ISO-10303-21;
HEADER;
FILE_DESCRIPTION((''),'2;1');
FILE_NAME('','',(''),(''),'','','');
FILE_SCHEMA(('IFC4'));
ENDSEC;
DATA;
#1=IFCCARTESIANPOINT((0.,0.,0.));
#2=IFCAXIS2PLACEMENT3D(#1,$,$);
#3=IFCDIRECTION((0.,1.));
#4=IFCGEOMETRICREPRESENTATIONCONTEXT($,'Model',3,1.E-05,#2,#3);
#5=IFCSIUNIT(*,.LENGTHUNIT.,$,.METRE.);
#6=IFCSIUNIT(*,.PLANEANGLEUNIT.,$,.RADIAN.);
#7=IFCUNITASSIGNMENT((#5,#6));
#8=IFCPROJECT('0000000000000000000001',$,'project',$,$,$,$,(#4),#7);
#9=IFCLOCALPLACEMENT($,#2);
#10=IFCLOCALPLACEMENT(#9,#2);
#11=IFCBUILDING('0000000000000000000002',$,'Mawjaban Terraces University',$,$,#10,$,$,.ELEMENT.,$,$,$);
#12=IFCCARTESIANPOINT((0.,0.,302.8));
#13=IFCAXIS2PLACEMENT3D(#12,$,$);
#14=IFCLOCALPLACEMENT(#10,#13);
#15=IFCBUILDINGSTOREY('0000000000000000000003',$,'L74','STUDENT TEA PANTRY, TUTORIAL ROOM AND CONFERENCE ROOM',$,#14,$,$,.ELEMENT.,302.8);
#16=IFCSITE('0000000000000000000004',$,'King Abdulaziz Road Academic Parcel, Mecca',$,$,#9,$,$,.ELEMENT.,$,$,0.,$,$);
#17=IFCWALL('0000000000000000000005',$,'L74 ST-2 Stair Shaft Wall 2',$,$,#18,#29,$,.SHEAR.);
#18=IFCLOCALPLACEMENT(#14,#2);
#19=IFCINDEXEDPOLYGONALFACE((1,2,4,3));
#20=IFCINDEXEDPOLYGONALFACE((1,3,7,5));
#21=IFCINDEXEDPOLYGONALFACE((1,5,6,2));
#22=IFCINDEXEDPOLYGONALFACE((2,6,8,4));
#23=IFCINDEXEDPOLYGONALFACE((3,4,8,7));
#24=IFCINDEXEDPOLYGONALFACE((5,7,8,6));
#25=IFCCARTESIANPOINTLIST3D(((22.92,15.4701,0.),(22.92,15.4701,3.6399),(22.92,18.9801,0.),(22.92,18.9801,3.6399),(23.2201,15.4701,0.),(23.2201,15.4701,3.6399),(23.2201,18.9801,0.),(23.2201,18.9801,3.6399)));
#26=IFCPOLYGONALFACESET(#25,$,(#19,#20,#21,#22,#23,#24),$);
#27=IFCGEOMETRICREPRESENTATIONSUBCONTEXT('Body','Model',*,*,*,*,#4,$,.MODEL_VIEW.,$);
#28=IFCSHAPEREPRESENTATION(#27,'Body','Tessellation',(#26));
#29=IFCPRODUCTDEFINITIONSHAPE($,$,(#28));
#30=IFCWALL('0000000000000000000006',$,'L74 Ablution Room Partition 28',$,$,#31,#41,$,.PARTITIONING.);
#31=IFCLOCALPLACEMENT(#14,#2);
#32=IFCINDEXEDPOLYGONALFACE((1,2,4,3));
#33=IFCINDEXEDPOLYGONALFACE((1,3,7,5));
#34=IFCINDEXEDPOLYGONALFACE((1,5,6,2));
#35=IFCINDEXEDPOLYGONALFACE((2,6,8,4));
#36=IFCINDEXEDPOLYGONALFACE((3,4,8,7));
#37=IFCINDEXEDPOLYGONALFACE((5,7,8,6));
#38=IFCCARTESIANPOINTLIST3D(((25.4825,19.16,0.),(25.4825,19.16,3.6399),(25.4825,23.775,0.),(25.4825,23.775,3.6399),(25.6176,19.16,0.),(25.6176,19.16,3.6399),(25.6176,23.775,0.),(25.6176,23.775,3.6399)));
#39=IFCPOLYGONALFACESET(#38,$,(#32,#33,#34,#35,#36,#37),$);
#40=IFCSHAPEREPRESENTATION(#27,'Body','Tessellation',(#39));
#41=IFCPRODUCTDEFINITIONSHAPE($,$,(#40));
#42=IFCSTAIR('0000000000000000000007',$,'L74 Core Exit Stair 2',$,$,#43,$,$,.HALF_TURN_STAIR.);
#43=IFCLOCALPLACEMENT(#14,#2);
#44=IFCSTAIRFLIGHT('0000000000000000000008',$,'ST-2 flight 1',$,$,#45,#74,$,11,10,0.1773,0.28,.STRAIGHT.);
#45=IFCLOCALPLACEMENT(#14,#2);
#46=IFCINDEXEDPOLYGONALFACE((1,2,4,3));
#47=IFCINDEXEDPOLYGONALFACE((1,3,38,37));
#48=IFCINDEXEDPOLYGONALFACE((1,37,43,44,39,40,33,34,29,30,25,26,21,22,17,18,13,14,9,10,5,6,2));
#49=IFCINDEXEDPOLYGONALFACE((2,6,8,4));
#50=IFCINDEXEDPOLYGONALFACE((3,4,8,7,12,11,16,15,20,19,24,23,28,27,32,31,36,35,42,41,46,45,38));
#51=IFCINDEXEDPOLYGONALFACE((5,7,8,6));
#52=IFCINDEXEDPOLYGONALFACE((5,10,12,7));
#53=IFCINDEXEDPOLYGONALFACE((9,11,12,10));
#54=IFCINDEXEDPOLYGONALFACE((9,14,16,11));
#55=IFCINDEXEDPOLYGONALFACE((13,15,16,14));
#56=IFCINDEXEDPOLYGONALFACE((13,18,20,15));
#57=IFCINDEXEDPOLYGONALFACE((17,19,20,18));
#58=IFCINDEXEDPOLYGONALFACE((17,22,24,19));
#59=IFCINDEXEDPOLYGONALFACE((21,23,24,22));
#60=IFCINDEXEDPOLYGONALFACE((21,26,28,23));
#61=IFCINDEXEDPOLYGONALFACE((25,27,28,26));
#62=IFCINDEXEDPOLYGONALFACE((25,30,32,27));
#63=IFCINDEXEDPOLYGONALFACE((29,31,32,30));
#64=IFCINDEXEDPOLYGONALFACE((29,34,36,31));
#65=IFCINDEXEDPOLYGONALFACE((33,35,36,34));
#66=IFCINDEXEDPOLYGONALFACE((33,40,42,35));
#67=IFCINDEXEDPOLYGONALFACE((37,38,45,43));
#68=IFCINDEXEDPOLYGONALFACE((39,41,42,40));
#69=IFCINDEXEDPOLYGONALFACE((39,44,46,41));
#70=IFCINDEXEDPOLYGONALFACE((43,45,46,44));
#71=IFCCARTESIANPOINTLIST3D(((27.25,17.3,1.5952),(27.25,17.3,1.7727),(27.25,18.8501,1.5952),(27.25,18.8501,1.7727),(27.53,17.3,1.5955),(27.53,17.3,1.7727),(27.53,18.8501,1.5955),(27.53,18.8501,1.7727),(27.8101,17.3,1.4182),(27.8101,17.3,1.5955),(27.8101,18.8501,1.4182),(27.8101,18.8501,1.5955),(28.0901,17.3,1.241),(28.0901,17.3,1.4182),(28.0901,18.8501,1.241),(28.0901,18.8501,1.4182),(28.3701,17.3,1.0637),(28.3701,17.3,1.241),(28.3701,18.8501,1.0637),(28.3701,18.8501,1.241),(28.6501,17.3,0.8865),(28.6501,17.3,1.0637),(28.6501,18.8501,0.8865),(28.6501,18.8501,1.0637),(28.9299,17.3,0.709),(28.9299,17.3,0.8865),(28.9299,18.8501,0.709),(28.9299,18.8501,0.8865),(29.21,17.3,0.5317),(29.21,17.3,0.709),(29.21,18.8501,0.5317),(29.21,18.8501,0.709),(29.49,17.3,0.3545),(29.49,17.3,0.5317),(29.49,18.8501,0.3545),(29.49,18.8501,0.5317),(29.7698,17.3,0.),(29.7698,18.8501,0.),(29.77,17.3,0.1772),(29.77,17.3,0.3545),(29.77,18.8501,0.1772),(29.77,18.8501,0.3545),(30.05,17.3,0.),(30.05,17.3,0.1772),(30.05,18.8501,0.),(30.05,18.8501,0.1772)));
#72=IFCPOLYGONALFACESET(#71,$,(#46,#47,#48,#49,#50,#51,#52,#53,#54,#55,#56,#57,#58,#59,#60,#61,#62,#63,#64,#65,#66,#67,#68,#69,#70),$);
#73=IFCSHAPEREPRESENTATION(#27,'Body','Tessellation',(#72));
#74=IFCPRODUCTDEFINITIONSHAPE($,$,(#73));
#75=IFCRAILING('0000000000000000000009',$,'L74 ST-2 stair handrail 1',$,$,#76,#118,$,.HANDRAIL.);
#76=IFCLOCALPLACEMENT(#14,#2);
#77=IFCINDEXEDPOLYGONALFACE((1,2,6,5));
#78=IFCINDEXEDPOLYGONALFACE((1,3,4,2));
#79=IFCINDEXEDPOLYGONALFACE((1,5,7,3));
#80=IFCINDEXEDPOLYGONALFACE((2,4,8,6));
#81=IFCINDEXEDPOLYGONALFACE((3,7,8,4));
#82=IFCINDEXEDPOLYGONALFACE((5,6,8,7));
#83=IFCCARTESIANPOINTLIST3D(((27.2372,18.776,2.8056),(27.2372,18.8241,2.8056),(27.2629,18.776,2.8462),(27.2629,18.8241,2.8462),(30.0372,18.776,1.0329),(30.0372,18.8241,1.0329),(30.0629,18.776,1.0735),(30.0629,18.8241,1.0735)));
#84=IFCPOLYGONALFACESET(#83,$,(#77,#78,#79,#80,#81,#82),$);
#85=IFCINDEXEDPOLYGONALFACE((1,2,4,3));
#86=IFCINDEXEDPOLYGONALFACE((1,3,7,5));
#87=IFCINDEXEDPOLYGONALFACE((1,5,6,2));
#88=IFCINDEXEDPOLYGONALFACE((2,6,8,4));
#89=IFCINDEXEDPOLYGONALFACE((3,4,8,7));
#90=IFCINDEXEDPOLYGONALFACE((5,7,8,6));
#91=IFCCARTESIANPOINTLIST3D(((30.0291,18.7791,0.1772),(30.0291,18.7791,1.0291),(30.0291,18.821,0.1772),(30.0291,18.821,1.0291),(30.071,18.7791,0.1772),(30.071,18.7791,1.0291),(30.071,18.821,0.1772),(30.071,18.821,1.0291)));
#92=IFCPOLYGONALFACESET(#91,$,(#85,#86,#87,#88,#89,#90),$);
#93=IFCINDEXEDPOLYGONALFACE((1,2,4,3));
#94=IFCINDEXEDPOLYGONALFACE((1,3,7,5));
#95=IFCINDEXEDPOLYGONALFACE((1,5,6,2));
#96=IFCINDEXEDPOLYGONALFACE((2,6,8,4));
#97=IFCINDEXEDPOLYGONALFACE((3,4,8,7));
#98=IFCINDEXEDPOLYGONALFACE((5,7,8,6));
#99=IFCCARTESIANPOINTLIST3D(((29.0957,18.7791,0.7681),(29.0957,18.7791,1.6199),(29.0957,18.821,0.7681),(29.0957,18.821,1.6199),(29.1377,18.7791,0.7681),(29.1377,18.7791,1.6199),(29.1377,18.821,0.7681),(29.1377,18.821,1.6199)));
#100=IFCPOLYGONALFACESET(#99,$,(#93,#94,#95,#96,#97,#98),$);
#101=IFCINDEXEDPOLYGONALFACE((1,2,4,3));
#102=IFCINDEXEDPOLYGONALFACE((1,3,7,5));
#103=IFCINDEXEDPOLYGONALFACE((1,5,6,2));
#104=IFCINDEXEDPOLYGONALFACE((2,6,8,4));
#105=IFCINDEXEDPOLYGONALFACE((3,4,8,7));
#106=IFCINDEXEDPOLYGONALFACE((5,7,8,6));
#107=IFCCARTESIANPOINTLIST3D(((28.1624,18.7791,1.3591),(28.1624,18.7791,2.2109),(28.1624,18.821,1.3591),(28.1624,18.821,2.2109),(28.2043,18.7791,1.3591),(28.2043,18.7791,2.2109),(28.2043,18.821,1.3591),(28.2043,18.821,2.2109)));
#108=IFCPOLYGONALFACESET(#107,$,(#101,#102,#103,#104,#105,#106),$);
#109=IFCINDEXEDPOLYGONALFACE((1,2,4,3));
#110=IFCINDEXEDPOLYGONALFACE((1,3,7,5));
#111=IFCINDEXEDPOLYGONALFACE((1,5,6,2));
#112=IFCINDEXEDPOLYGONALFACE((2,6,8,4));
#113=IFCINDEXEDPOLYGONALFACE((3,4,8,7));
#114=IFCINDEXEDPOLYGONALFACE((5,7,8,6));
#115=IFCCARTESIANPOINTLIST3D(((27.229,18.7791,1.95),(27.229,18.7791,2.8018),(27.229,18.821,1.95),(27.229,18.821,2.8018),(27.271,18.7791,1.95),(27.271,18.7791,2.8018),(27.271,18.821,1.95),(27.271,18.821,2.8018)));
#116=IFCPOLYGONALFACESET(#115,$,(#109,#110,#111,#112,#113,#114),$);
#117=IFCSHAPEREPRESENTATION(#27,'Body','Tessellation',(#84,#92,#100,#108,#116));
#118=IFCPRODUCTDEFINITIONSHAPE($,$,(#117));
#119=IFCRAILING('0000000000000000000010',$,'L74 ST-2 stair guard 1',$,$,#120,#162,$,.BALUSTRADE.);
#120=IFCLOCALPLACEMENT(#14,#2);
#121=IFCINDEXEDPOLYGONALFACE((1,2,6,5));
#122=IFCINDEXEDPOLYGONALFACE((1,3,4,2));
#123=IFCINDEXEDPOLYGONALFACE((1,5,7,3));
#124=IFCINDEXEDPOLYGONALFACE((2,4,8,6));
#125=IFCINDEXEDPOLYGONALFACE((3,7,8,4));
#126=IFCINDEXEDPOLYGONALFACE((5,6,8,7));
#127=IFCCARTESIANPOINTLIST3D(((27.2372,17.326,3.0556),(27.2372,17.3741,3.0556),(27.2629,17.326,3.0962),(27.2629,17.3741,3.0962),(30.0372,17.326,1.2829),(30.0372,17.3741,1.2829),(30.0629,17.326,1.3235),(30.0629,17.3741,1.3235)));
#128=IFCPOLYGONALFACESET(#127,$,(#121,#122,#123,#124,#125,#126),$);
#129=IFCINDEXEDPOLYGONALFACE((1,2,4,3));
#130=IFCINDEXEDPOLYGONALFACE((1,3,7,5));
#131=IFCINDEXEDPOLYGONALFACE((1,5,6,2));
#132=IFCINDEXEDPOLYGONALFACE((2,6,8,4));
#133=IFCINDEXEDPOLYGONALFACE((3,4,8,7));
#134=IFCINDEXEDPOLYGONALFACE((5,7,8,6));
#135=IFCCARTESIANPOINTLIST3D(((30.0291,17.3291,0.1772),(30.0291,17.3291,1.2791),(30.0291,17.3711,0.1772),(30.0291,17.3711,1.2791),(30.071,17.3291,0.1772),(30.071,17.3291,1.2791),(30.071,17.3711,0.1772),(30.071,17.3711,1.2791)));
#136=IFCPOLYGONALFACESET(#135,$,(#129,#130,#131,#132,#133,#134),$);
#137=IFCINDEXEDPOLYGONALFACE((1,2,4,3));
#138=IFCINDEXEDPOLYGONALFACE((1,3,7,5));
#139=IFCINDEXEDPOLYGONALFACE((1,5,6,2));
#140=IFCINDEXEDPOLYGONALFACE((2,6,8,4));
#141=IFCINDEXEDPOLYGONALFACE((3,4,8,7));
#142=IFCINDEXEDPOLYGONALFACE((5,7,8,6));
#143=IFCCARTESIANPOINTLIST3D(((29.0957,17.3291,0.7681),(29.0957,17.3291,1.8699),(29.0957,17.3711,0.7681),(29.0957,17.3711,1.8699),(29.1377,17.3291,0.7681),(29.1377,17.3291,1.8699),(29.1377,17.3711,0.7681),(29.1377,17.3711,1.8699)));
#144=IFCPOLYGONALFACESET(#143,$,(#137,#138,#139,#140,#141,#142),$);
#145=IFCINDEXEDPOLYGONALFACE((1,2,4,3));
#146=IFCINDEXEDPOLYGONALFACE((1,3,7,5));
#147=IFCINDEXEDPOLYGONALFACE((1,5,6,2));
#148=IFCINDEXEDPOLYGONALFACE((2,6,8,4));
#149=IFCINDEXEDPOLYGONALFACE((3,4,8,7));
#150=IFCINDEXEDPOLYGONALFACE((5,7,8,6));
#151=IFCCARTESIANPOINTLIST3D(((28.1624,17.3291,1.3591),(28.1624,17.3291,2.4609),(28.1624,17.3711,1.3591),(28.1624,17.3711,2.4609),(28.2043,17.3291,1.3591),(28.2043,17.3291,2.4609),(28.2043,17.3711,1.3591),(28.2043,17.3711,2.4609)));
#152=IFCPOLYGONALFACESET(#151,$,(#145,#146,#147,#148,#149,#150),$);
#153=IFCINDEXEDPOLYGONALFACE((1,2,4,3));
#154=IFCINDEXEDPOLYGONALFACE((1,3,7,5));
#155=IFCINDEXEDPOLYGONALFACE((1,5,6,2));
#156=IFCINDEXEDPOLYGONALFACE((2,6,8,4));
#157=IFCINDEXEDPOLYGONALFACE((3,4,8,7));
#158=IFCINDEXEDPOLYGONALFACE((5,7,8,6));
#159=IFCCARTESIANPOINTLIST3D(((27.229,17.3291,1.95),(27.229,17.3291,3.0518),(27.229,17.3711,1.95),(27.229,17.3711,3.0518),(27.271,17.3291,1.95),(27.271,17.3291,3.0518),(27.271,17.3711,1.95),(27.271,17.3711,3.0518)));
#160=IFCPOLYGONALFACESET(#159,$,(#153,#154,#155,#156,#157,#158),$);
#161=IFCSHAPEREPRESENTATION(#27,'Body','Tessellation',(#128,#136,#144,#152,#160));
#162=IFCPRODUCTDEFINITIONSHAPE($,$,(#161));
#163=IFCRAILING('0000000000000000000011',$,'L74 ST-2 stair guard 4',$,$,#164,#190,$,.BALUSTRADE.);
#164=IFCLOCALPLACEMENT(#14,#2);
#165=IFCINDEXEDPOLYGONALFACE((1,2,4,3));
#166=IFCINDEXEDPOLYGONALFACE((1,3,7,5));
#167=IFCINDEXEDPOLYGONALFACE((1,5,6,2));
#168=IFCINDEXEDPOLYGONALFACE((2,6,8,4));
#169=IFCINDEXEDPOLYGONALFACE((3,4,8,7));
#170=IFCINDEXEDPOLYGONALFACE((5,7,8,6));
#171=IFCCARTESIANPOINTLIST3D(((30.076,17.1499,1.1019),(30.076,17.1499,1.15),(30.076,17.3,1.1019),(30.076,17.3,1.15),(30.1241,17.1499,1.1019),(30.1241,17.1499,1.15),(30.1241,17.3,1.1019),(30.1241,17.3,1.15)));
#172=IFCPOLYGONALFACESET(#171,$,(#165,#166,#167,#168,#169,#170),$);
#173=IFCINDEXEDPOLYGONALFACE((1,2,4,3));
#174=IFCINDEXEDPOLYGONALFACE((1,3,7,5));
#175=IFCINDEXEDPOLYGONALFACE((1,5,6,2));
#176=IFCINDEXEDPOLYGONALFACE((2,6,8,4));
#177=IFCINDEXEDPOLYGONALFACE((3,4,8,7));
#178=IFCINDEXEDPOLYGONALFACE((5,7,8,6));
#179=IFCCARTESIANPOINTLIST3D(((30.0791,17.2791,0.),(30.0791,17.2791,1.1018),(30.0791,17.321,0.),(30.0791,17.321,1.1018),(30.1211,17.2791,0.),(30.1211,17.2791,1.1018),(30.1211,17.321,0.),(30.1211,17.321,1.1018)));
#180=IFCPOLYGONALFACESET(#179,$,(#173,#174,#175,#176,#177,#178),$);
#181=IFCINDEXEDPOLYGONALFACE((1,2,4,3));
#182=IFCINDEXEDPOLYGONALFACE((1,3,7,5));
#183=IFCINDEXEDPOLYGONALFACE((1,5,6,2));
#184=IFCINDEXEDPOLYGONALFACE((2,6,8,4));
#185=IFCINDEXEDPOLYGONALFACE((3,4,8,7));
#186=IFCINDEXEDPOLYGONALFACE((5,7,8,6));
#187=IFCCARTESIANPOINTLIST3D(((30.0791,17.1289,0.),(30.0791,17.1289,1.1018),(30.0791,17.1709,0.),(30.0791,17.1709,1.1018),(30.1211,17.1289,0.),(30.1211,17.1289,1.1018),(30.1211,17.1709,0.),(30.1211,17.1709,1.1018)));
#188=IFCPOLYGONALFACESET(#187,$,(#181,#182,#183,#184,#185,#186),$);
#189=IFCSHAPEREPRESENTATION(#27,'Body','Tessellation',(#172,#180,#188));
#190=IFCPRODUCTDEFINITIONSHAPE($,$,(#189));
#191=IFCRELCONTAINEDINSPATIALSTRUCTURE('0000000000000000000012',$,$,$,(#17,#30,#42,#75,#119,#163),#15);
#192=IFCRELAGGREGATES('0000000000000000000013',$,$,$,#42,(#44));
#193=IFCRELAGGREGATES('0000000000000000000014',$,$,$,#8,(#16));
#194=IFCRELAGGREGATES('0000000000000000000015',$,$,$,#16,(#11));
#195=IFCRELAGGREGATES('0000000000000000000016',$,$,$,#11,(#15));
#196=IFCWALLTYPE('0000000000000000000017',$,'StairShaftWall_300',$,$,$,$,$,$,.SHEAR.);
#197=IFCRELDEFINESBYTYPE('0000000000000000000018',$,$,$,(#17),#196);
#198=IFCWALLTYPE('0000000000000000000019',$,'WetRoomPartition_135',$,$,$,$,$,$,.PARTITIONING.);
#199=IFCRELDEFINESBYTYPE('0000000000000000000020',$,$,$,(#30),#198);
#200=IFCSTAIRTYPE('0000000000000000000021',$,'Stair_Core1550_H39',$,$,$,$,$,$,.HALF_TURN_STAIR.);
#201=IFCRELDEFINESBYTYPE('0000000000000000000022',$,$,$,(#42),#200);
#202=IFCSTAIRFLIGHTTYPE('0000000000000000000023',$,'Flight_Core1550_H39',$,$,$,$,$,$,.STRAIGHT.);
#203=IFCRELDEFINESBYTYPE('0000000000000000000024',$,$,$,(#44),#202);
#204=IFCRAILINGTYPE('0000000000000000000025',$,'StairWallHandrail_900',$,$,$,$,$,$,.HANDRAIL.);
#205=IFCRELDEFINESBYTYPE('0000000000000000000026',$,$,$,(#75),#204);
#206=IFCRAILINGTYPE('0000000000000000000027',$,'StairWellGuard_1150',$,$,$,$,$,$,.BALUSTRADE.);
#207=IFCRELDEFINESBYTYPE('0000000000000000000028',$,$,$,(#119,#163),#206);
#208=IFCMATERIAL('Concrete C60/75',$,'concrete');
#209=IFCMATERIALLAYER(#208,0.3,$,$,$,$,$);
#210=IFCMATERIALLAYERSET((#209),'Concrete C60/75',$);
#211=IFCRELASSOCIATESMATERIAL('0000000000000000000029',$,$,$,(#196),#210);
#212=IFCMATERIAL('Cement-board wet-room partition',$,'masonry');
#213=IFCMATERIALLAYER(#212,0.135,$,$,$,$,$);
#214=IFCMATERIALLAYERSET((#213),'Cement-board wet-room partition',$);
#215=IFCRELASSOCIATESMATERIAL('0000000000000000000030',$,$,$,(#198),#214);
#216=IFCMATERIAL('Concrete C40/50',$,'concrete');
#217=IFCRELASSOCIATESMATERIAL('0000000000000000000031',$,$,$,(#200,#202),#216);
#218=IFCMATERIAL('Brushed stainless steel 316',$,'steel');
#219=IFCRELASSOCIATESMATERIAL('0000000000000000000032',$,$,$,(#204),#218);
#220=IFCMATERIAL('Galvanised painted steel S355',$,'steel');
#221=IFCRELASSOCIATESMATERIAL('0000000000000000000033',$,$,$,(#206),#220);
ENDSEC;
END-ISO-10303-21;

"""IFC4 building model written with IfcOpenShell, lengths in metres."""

from ifc_helpers import new_model, si_unit, direction, frame, frame_2d, origin, origin_2d, place, context, subcontext, project, spatial, polyline, rectangle, outline, extrude, material, layer, layer_set, type_object, element, aggregate, save


model = new_model("IFC4")

# Units and contexts
model_context = context("Model", 3, precision=1e-05, world=origin(), true_north=direction((0.0, 1.0)))
body_context = subcontext(model_context, "Body", "Model", "MODEL_VIEW")
ifc_project = project(units=[si_unit("LENGTHUNIT", "METRE"), si_unit("PLANEANGLEUNIT", "RADIAN")], contexts=[model_context])

# Site, building, storey
site_placement = place(None, origin())
site = spatial("IfcSite", under=ifc_project, at=site_placement, Name="King Abdulaziz Road Academic Parcel, Mecca", CompositionType="ELEMENT", RefElevation=0.0)
building_placement = place(site_placement, origin())
building = spatial("IfcBuilding", under=site, at=building_placement, Name="Mawjaban Terraces University", CompositionType="ELEMENT")
storey_placement = place(building_placement, frame((0.0, 0.0, 302.8)))
storey = spatial("IfcBuildingStorey", under=building, at=storey_placement, Name="L74", Description="STUDENT TEA PANTRY, TUTORIAL ROOM AND CONFERENCE ROOM", CompositionType="ELEMENT", Elevation=302.8)

# Walls
ifc_material_1 = material(Name="Concrete C60/75", Category="concrete")
ifc_layer_1 = layer(ifc_material_1, 0.3)
ifc_layer_set_1 = layer_set([ifc_layer_1], Name="Concrete C60/75")
wall_type_1 = type_object("IfcWallType", Name="StairShaftWall_300", PredefinedType="SHEAR", material=ifc_layer_set_1)
wall_1_placement = place(storey_placement, frame((23.0701, 18.98, 0.0), z_axis=(0.0, 0.0, 1.0), x_axis=(0.0, -1.0, 0.0)))
element("IfcWall", 1, at=wall_1_placement, inside=storey, type_object=wall_type_1, Name="L74 ST-2 Stair Shaft Wall 2", PredefinedType="SHEAR", context=body_context, shape_type="SweptSolid", body=[
    extrude(rectangle(XDim=3.51, YDim=0.3, at=frame_2d((1.7549, 0.0))), origin(), (0.0, 0.0, 1.0), 3.6399),
])
ifc_material_2 = material(Name="Cement-board wet-room partition", Category="masonry")
ifc_layer_2 = layer(ifc_material_2, 0.135)
ifc_layer_set_2 = layer_set([ifc_layer_2], Name="Cement-board wet-room partition")
wall_type_2 = type_object("IfcWallType", Name="WetRoomPartition_135", PredefinedType="PARTITIONING", material=ifc_layer_set_2)
wall_2_placement = place(storey_placement, frame((25.55, 19.1599, 0.0), z_axis=(0.0, 0.0, 1.0), x_axis=(0.0, 1.0, 0.0)))
element("IfcWall", 2, at=wall_2_placement, inside=storey, type_object=wall_type_2, Name="L74 Ablution Room Partition 28", PredefinedType="PARTITIONING", context=body_context, shape_type="SweptSolid", body=[
    extrude(rectangle(XDim=4.615, YDim=0.135, at=frame_2d((2.3076, 0.0))), origin(), (0.0, 0.0, 1.0), 3.6399),
])

# Stair, stair flight
ifc_material_3 = material(Name="Concrete C40/50", Category="concrete")
stair_type = type_object("IfcStairType", Name="Stair_Core1550_H39", PredefinedType="HALF_TURN_STAIR", material=ifc_material_3)
stair_placement = place(storey_placement, origin())
stair = element("IfcStair", 3, at=stair_placement, inside=storey, type_object=stair_type, Name="L74 Core Exit Stair 2", PredefinedType="HALF_TURN_STAIR")
stair_flight_type = type_object("IfcStairFlightType", Name="Flight_Core1550_H39", PredefinedType="STRAIGHT", material=ifc_material_3)
stair_flight_placement = place(storey_placement, frame((30.05, 18.075, 0.0), z_axis=(0.0, 0.0, 1.0), x_axis=(-1.0, 0.0, 0.0)))
stair_flight = element("IfcStairFlight", 4, at=stair_flight_placement, type_object=stair_flight_type, Name="ST-2 flight 1", NumberOfRisers=11, NumberOfTreads=10, PredefinedType="STRAIGHT", RiserHeight=0.1773, TreadLength=0.28, context=body_context, shape_type="SweptSolid", body=[
    extrude(outline(polyline([(0.0, 0.0), (0.0, 0.1772), (0.28, 0.1772), (0.28, 0.3545), (0.5601, 0.3545), (0.5601, 0.5317), (0.8401, 0.5317), (0.8401, 0.709), (1.1201, 0.709), (1.1201, 0.8865), (1.3999, 0.8865), (1.3999, 1.0637), (1.6799, 1.0637), (1.6799, 1.241), (1.96, 1.241), (1.96, 1.4182), (2.24, 1.4182), (2.24, 1.5955), (2.52, 1.5955), (2.52, 1.7727), (2.8, 1.7727), (2.8, 1.95), (2.8, 1.5952), (0.2803, 0.0), (0.0, 0.0)])), frame((0.0, 0.7749, 0.0), z_axis=(0.0, -1.0, 0.0), x_axis=(1.0, 0.0, 0.0)), (0.0, 0.0, 1.0), 1.55),
])
aggregate(stair, [stair_flight])

# Railings
ifc_material_4 = material(Name="Brushed stainless steel 316", Category="steel")
railing_type_1 = type_object("IfcRailingType", Name="StairWallHandrail_900", PredefinedType="HANDRAIL", material=ifc_material_4)
railing_1_placement = place(storey_placement, frame((30.05, 18.8, 0.1772)))
element("IfcRailing", 5, at=railing_1_placement, inside=storey, type_object=railing_type_1, Name="L74 ST-2 stair handrail 1", PredefinedType="HANDRAIL", context=body_context, shape_type="SweptSolid", body=[
    extrude(rectangle(XDim=0.0481, YDim=0.0481, at=origin_2d()), frame((0.0, 0.0, 0.876), z_axis=(-0.844909, 0.0, 0.53491), x_axis=(0.0, -1.0, 0.0)), (0.0, 0.0, 1.0), 3.314),
    extrude(rectangle(XDim=0.042, YDim=0.042, at=origin_2d()), origin(), (0.0, 0.0, 1.0), 0.8518),
    extrude(rectangle(XDim=0.042, YDim=0.042, at=origin_2d()), frame((-0.9333, 0.0, 0.5908)), (0.0, 0.0, 1.0), 0.8518),
    extrude(rectangle(XDim=0.042, YDim=0.042, at=origin_2d()), frame((-1.8667, 0.0, 1.1819)), (0.0, 0.0, 1.0), 0.8518),
    extrude(rectangle(XDim=0.042, YDim=0.042, at=origin_2d()), frame((-2.8, 0.0, 1.7727)), (0.0, 0.0, 1.0), 0.8518),
])
ifc_material_5 = material(Name="Galvanised painted steel S355", Category="steel")
railing_type_2 = type_object("IfcRailingType", Name="StairWellGuard_1150", PredefinedType="BALUSTRADE", material=ifc_material_5)
railing_2_placement = place(storey_placement, frame((30.05, 17.3501, 0.1772)))
element("IfcRailing", 6, at=railing_2_placement, inside=storey, type_object=railing_type_2, Name="L74 ST-2 stair guard 1", PredefinedType="BALUSTRADE", context=body_context, shape_type="SweptSolid", body=[
    extrude(rectangle(XDim=0.0481, YDim=0.0481, at=origin_2d()), frame((0.0, 0.0, 1.126), z_axis=(-0.844909, 0.0, 0.53491), x_axis=(0.0, -1.0, 0.0)), (0.0, 0.0, 1.0), 3.314),
    extrude(rectangle(XDim=0.042, YDim=0.042, at=origin_2d()), origin(), (0.0, 0.0, 1.0), 1.1018),
    extrude(rectangle(XDim=0.042, YDim=0.042, at=origin_2d()), frame((-0.9333, 0.0, 0.5908)), (0.0, 0.0, 1.0), 1.1018),
    extrude(rectangle(XDim=0.042, YDim=0.042, at=origin_2d()), frame((-1.8667, 0.0, 1.1819)), (0.0, 0.0, 1.0), 1.1018),
    extrude(rectangle(XDim=0.042, YDim=0.042, at=origin_2d()), frame((-2.8, 0.0, 1.7727)), (0.0, 0.0, 1.0), 1.1018),
])
railing_3_placement = place(storey_placement, frame((30.1001, 17.3, 0.0)))
element("IfcRailing", 7, at=railing_3_placement, inside=storey, type_object=railing_type_2, Name="L74 ST-2 stair guard 4", PredefinedType="BALUSTRADE", context=body_context, shape_type="SweptSolid", body=[
    extrude(rectangle(XDim=0.0481, YDim=0.0481, at=origin_2d()), frame((0.0, 0.0, 1.126), z_axis=(0.0, -1.0, 0.0), x_axis=(1.0, 0.0, 0.0)), (0.0, 0.0, 1.0), 0.1501),
    extrude(rectangle(XDim=0.042, YDim=0.042, at=origin_2d()), origin(), (0.0, 0.0, 1.0), 1.1018),
    extrude(rectangle(XDim=0.042, YDim=0.042, at=origin_2d()), frame((0.0, -0.1501, 0.0)), (0.0, 0.0, 1.0), 1.1018),
])

save(model, "model.ifc")
